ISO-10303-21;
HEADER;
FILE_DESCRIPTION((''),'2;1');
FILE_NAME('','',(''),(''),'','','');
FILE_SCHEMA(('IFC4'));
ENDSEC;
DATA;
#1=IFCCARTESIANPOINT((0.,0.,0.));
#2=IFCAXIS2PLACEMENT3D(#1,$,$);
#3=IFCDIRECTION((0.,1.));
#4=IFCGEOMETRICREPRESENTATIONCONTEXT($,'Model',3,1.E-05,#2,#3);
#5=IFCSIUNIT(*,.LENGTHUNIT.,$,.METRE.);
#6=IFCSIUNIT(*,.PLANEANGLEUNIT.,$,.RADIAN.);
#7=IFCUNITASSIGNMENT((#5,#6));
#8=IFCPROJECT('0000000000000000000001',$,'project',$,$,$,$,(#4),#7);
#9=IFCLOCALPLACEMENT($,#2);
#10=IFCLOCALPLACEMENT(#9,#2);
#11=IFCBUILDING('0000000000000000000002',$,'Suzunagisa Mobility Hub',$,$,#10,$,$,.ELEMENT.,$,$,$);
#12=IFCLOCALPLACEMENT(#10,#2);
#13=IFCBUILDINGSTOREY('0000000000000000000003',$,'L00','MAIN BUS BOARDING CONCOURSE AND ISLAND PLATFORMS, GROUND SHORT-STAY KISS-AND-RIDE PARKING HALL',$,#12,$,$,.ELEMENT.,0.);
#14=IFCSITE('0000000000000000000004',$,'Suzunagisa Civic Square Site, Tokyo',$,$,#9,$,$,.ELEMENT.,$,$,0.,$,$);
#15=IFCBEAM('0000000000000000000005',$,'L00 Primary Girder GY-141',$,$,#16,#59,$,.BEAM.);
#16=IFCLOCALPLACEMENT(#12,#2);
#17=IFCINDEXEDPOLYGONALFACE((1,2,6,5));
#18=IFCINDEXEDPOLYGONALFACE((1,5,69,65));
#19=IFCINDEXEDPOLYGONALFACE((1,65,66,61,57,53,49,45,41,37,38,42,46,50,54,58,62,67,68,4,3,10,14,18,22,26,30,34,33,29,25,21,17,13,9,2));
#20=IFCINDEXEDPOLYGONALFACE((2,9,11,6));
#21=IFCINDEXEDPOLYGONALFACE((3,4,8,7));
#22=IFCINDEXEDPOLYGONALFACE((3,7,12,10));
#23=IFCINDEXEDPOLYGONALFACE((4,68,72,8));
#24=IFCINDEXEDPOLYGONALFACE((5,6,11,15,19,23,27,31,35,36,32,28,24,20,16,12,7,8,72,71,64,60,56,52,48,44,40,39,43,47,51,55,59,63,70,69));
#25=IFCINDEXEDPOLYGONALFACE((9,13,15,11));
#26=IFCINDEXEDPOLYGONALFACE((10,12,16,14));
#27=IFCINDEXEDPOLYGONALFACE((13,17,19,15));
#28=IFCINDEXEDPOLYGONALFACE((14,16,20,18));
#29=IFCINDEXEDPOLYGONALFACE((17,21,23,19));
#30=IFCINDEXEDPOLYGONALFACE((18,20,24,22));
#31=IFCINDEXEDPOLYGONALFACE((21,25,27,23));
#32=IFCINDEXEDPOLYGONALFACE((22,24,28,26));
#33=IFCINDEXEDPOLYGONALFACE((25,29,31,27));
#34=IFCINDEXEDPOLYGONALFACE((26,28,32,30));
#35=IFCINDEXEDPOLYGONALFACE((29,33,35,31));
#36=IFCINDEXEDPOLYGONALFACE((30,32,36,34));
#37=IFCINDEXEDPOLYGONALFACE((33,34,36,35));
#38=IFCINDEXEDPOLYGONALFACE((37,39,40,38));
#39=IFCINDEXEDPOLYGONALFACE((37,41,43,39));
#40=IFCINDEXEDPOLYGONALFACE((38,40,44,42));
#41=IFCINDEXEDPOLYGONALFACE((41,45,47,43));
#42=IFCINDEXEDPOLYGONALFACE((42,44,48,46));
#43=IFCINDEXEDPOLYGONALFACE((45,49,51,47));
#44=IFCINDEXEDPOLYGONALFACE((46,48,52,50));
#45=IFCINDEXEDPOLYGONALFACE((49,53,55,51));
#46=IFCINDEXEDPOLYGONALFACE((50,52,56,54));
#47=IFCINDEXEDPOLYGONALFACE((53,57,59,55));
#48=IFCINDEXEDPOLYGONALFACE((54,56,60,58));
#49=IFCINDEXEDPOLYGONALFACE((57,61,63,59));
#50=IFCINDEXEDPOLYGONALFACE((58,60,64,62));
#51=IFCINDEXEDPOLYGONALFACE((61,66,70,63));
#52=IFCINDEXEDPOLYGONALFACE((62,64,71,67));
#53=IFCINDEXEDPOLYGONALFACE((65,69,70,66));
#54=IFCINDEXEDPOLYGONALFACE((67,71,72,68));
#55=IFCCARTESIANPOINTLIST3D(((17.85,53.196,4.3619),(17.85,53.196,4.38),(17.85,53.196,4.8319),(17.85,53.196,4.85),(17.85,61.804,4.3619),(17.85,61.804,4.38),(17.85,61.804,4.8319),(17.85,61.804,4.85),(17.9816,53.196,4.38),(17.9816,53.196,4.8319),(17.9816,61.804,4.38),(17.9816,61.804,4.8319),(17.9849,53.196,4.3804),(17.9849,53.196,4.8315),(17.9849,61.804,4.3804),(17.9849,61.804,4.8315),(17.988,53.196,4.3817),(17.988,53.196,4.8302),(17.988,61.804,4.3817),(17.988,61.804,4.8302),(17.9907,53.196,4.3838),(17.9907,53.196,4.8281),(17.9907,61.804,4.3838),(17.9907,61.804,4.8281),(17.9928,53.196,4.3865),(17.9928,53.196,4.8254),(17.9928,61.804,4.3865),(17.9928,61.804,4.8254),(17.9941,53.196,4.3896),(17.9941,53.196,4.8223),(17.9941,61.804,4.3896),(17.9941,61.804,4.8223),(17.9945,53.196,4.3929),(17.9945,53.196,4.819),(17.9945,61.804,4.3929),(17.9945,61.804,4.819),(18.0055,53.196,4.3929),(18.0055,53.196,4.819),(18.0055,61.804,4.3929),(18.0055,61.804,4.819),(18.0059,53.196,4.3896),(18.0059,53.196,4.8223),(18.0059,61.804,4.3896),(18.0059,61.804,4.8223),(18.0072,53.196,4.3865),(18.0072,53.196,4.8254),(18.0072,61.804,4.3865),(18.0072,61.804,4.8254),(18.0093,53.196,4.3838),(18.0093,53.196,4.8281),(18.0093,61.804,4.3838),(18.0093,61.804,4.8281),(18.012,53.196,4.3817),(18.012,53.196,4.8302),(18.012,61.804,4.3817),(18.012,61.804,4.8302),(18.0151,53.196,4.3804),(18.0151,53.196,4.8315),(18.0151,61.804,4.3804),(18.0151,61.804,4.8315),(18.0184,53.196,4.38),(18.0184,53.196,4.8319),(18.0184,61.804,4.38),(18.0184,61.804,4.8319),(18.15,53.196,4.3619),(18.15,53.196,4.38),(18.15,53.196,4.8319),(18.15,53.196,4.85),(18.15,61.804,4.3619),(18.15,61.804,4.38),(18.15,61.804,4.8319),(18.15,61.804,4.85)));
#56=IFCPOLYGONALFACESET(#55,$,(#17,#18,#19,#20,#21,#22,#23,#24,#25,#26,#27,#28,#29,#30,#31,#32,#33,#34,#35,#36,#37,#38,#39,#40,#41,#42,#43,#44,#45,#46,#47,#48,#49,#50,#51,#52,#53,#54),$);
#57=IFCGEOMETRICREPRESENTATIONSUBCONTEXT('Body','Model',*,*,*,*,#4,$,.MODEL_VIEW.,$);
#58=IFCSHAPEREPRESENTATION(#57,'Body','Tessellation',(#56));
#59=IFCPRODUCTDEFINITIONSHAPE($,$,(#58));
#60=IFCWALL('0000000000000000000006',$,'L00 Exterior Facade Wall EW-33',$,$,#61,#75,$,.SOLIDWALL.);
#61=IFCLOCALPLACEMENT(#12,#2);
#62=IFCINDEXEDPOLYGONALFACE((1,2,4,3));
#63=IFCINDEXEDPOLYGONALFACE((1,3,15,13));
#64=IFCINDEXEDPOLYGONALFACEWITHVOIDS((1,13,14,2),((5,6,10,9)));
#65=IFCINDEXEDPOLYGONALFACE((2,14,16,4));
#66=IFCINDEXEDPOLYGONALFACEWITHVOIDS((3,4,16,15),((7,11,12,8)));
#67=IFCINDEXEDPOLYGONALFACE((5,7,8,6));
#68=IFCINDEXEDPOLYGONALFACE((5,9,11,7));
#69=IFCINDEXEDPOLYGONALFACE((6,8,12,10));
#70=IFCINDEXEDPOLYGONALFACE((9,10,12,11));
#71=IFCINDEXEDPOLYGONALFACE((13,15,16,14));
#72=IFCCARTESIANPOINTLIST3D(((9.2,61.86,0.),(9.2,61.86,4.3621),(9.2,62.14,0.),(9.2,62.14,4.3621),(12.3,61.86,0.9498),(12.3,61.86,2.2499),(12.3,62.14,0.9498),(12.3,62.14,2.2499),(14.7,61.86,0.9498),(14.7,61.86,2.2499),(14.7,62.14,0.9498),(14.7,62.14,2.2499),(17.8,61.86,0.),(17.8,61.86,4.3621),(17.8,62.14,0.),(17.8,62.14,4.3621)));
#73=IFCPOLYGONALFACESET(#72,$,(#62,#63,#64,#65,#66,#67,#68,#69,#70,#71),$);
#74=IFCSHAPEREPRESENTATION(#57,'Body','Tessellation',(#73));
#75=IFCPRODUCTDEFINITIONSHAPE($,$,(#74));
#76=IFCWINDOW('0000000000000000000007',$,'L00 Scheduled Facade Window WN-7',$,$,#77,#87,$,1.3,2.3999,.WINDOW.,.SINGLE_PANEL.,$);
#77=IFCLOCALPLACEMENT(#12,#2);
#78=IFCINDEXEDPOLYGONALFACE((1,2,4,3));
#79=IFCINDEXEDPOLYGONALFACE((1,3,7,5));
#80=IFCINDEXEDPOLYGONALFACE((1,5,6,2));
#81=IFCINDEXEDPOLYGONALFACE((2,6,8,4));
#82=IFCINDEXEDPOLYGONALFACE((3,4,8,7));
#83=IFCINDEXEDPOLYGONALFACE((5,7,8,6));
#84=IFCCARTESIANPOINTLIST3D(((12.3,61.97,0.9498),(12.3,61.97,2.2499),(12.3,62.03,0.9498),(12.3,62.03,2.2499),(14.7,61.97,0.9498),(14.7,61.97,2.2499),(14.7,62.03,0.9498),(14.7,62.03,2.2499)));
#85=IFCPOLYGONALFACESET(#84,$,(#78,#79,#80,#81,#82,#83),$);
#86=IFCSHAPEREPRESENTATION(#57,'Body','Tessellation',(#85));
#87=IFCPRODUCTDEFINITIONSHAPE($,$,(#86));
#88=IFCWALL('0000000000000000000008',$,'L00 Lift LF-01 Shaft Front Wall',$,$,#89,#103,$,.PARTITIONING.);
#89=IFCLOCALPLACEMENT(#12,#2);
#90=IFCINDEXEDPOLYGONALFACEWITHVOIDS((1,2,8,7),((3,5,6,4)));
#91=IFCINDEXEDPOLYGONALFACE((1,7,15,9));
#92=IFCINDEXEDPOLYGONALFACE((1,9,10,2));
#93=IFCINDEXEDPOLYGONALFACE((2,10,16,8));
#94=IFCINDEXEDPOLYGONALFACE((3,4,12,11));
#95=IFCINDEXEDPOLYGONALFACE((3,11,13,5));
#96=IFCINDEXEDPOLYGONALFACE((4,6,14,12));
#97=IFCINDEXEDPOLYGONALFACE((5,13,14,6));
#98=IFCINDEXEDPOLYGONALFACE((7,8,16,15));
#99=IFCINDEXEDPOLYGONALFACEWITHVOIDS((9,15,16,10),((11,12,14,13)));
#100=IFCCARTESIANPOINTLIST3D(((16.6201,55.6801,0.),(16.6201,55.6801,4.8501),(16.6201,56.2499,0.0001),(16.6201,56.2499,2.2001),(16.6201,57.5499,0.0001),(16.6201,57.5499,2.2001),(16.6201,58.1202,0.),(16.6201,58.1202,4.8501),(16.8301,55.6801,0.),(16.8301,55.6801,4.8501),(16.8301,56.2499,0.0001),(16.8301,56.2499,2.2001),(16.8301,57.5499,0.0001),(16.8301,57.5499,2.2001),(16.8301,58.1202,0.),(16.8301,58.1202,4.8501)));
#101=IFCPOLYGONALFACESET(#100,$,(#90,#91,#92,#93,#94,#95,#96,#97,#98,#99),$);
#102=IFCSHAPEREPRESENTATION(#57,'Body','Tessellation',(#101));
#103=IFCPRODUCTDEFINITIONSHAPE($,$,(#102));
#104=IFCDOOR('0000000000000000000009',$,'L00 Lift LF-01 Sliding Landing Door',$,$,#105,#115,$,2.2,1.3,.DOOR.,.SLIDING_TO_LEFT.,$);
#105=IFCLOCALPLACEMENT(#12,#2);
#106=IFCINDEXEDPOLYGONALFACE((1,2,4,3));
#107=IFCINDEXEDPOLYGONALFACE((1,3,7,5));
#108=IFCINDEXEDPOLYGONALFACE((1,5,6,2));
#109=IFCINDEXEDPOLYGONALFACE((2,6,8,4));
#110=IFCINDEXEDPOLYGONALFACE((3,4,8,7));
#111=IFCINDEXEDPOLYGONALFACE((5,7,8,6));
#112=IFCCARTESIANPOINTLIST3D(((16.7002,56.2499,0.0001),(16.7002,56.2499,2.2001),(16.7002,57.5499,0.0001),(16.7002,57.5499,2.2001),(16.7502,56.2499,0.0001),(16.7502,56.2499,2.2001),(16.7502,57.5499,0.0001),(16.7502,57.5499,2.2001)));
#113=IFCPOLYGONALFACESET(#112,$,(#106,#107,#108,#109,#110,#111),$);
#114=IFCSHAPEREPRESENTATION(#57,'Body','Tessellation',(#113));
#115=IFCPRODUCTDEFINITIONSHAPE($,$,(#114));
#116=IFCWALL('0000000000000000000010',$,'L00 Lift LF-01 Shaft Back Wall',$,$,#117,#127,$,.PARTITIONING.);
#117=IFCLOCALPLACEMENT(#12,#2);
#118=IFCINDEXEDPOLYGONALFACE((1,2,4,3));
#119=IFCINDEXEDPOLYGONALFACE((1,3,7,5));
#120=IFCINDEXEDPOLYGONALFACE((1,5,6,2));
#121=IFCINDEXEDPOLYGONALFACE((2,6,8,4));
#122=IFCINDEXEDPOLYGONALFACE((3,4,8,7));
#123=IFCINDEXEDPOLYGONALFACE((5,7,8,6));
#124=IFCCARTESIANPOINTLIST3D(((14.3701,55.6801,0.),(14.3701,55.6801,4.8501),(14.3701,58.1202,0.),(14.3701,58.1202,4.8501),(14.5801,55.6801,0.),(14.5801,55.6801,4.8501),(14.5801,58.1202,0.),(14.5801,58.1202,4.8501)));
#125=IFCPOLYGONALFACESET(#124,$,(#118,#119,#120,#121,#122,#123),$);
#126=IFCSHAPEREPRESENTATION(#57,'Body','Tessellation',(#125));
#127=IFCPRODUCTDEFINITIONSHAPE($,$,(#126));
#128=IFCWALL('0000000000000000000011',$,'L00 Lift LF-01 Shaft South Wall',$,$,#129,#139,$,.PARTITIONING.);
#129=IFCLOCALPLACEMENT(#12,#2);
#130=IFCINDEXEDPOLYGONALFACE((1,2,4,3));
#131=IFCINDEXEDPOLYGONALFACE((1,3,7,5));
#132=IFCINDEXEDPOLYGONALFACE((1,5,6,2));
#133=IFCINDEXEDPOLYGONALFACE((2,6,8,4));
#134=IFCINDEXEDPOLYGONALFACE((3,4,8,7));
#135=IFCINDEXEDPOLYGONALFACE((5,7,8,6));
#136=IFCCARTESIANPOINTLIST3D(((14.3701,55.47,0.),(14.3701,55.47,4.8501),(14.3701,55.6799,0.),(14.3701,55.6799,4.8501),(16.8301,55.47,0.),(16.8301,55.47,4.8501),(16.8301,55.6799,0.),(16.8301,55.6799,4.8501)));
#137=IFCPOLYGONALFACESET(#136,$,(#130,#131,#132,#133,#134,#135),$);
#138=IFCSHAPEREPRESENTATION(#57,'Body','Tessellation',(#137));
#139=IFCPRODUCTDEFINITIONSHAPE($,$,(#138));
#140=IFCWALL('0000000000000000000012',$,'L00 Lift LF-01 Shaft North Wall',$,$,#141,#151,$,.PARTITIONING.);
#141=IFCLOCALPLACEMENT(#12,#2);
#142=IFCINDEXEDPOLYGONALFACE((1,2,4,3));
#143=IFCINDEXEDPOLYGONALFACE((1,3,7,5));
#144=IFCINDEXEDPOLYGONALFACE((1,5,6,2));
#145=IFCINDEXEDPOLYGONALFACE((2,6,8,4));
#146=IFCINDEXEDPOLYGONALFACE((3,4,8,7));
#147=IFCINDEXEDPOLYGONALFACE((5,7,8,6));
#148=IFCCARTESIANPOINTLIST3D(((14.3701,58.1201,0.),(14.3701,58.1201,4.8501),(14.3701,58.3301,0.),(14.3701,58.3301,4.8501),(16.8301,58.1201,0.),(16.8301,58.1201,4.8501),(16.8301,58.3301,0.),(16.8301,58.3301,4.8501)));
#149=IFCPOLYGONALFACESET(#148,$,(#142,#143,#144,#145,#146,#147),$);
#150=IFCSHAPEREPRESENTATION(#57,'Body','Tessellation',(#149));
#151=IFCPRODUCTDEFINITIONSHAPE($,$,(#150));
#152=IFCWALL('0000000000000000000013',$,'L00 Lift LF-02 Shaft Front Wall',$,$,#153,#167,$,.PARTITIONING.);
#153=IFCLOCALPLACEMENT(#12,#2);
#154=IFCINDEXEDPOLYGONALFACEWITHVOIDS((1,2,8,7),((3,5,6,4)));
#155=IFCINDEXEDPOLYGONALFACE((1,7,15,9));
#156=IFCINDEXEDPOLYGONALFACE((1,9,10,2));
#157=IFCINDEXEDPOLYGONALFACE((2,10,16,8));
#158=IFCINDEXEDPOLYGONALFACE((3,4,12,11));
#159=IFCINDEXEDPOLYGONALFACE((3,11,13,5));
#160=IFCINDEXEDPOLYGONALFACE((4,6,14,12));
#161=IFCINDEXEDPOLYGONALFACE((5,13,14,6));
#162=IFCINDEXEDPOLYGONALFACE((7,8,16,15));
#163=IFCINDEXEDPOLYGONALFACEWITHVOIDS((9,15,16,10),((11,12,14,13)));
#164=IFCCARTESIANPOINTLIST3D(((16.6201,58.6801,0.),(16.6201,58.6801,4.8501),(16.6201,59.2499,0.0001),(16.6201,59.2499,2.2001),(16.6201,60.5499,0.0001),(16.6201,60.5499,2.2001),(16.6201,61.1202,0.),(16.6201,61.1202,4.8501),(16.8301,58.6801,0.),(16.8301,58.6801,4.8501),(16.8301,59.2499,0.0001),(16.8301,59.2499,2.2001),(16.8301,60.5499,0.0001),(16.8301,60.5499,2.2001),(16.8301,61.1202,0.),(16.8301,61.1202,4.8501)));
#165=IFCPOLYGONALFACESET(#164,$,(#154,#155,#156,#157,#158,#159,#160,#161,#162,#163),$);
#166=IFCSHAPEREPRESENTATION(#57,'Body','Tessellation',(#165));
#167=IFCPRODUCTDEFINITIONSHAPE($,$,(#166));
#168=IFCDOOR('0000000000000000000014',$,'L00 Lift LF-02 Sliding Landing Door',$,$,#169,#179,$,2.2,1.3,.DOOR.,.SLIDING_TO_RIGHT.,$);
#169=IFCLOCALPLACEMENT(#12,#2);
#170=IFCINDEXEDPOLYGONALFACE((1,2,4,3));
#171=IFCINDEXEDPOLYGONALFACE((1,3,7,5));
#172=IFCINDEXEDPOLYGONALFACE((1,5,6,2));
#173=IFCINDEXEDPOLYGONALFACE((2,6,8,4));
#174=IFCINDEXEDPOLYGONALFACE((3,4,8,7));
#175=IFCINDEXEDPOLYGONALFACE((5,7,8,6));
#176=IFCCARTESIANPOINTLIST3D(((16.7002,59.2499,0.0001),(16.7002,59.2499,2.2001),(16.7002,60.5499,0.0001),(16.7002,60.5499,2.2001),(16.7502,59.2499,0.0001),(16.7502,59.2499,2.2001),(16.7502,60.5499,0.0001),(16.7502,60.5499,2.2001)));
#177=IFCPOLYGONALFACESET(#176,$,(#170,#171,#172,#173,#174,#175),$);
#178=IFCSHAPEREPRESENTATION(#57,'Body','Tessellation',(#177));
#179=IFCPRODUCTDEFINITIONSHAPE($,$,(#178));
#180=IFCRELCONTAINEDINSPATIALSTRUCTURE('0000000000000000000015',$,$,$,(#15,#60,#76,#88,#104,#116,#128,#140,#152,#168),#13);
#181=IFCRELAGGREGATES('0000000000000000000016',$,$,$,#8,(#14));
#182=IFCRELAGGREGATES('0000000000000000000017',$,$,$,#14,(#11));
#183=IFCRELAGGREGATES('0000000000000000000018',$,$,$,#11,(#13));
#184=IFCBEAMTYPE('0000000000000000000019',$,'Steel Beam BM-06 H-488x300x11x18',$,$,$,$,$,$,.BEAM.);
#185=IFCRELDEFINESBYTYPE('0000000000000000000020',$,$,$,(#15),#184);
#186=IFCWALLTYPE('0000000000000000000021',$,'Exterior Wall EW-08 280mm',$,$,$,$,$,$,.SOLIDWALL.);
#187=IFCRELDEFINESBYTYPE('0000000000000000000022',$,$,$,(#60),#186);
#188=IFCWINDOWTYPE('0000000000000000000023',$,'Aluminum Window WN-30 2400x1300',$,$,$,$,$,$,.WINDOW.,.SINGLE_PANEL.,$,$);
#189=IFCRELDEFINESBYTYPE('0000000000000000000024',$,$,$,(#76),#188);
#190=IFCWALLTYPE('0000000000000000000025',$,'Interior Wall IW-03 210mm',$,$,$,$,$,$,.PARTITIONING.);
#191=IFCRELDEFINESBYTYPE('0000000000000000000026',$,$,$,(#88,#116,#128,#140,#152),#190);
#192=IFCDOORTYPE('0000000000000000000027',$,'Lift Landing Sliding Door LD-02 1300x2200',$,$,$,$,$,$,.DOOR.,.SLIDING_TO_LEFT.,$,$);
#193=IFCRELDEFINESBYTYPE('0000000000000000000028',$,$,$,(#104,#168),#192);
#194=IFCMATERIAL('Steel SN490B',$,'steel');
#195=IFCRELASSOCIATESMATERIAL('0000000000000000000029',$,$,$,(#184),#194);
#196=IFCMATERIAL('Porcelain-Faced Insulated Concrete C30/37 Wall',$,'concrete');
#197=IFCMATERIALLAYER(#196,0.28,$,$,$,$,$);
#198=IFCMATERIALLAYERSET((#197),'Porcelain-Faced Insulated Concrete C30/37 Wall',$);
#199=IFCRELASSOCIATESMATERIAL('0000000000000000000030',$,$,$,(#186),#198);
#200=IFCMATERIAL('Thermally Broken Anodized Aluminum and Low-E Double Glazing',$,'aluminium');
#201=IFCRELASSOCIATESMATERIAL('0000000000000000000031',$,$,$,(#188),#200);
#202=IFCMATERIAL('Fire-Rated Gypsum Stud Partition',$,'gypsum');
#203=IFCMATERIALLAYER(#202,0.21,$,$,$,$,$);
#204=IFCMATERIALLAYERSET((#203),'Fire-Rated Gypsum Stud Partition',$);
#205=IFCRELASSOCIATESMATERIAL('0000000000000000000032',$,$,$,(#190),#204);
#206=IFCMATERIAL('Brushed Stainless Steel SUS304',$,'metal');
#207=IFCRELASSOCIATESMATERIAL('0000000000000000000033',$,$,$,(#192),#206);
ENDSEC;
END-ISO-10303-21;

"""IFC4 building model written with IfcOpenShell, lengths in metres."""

from ifc_helpers import new_model, si_unit, direction, frame, frame_2d, origin, origin_2d, place, context, subcontext, project, spatial, rectangle, i_section, extrude, material, layer, layer_set, material_profile, profile_set, type_object, element, fill, save


model = new_model("IFC4")

# Units and contexts
model_context = context("Model", 3, precision=1e-05, world=origin(), true_north=direction((0.0, 1.0)))
body_context = subcontext(model_context, "Body", "Model", "MODEL_VIEW")
ifc_project = project(units=[si_unit("LENGTHUNIT", "METRE"), si_unit("PLANEANGLEUNIT", "RADIAN")], contexts=[model_context])

# Site, building, storey
site_placement = place(None, origin())
site = spatial("IfcSite", under=ifc_project, at=site_placement, Name="Suzunagisa Civic Square Site, Tokyo", CompositionType="ELEMENT", RefElevation=0.0)
building_placement = place(site_placement, origin())
building = spatial("IfcBuilding", under=site, at=building_placement, Name="Suzunagisa Mobility Hub", CompositionType="ELEMENT")
storey_placement = place(building_placement, origin())
storey = spatial("IfcBuildingStorey", under=building, at=storey_placement, Name="L00", Description="MAIN BUS BOARDING CONCOURSE AND ISLAND PLATFORMS, GROUND SHORT-STAY KISS-AND-RIDE PARKING HALL", CompositionType="ELEMENT", Elevation=0.0)

# Beam
ifc_material_1 = material(Name="Steel SN490B", Category="steel")
ifc_material_profile = material_profile(ifc_material_1, i_section(OverallWidth=0.3, OverallDepth=0.488, WebThickness=0.011, FlangeThickness=0.0181, FilletRadius=0.0129, at=origin_2d()), Name="H-488x300x11x18")
ifc_profile_set = profile_set([ifc_material_profile], Name="Steel SN490B")
beam_type = type_object("IfcBeamType", Name="Steel Beam BM-06 H-488x300x11x18", PredefinedType="BEAM", material=ifc_profile_set)
beam_placement = place(storey_placement, frame((18.0, 53.196, 4.606), z_axis=(0.0, 1.0, 0.0), x_axis=(-1.0, 0.0, 0.0)))
element("IfcBeam", 1, at=beam_placement, inside=storey, type_object=beam_type, Name="L00 Primary Girder GY-141", PredefinedType="BEAM", context=body_context, shape_type="SweptSolid", body=[
    extrude(i_section(OverallWidth=0.3, OverallDepth=0.488, WebThickness=0.011, FlangeThickness=0.0181, FilletRadius=0.0129, at=origin_2d()), origin(), (0.0, 0.0, 1.0), 8.6079),
])

# Wall, opening, window
ifc_material_2 = material(Name="Porcelain-Faced Insulated Concrete C30/37 Wall", Category="concrete")
ifc_layer_1 = layer(ifc_material_2, 0.28)
ifc_layer_set_1 = layer_set([ifc_layer_1], Name="Porcelain-Faced Insulated Concrete C30/37 Wall")
wall_type_1 = type_object("IfcWallType", Name="Exterior Wall EW-08 280mm", PredefinedType="SOLIDWALL", material=ifc_layer_set_1)
wall_1_placement = place(storey_placement, frame((17.8, 62.0, 0.0), z_axis=(0.0, 0.0, 1.0), x_axis=(-1.0, 0.0, 0.0)))
wall_1 = element("IfcWall", 2, at=wall_1_placement, inside=storey, type_object=wall_type_1, Name="L00 Exterior Facade Wall EW-33", PredefinedType="SOLIDWALL", context=body_context, shape_type="SweptSolid", body=[
    extrude(rectangle(XDim=8.6001, YDim=0.28, at=frame_2d((4.3, 0.0))), origin(), (0.0, 0.0, 1.0), 4.3621),
])
opening_1_placement = place(wall_1_placement, frame((3.1001, 0.0, 0.95)))
opening_1 = element("IfcOpeningElement", 3, at=opening_1_placement, cuts=wall_1, PredefinedType="OPENING", context=body_context, shape_type="SweptSolid", body=[
    extrude(rectangle(XDim=2.3999, YDim=1.3, at=frame_2d((1.2, 0.6499))), frame((0.0, 0.1509, 0.0), z_axis=(0.0, -1.0, 0.0), x_axis=(1.0, 0.0, 0.0)), (0.0, 0.0, 1.0), 0.302),
])
ifc_material_3 = material(Name="Thermally Broken Anodized Aluminum and Low-E Double Glazing", Category="aluminium")
window_type = type_object("IfcWindowType", Name="Aluminum Window WN-30 2400x1300", PartitioningType="SINGLE_PANEL", PredefinedType="WINDOW", material=ifc_material_3)
window_placement = place(opening_1_placement, origin())
window = element("IfcWindow", 4, at=window_placement, inside=storey, type_object=window_type, Name="L00 Scheduled Facade Window WN-7", OverallHeight=1.3, OverallWidth=2.3999, PartitioningType="SINGLE_PANEL", PredefinedType="WINDOW", context=body_context, shape_type="SweptSolid", body=[
    extrude(rectangle(XDim=2.3999, YDim=1.3, at=frame_2d((1.2, 0.6499))), frame((0.0, 0.03, 0.0), z_axis=(0.0, -1.0, 0.0), x_axis=(1.0, 0.0, 0.0)), (0.0, 0.0, 1.0), 0.0601),
])
fill(opening_1, window)

# Wall, opening, door
ifc_material_4 = material(Name="Fire-Rated Gypsum Stud Partition", Category="gypsum")
ifc_layer_2 = layer(ifc_material_4, 0.21)
ifc_layer_set_2 = layer_set([ifc_layer_2], Name="Fire-Rated Gypsum Stud Partition")
wall_type_2 = type_object("IfcWallType", Name="Interior Wall IW-03 210mm", PredefinedType="PARTITIONING", material=ifc_layer_set_2)
wall_2_placement = place(storey_placement, frame((16.7251, 55.6799, 0.0), z_axis=(0.0, 0.0, 1.0), x_axis=(0.0, 1.0, 0.0)))
wall_2 = element("IfcWall", 5, at=wall_2_placement, inside=storey, type_object=wall_type_2, Name="L00 Lift LF-01 Shaft Front Wall", PredefinedType="PARTITIONING", context=body_context, shape_type="SweptSolid", body=[
    extrude(rectangle(XDim=2.4402, YDim=0.21, at=frame_2d((1.2202, 0.0))), origin(), (0.0, 0.0, 1.0), 4.8501),
])
opening_2_placement = place(wall_2_placement, frame((0.5701, 0.0, 0.0)))
opening_2 = element("IfcOpeningElement", 6, at=opening_2_placement, cuts=wall_2, PredefinedType="OPENING", context=body_context, shape_type="SweptSolid", body=[
    extrude(rectangle(XDim=1.3, YDim=2.2, at=frame_2d((0.6499, 1.1001))), frame((0.0, 0.116, 0.0), z_axis=(0.0, -1.0, 0.0), x_axis=(1.0, 0.0, 0.0)), (0.0, 0.0, 1.0), 0.2319),
])
ifc_material_5 = material(Name="Brushed Stainless Steel SUS304", Category="metal")
door_type_1 = type_object("IfcDoorType", Name="Lift Landing Sliding Door LD-02 1300x2200", OperationType="SLIDING_TO_LEFT", PredefinedType="DOOR", material=ifc_material_5)
door_1_placement = place(opening_2_placement, origin())
door_1 = element("IfcDoor", 7, at=door_1_placement, inside=storey, type_object=door_type_1, Name="L00 Lift LF-01 Sliding Landing Door", OperationType="SLIDING_TO_LEFT", OverallHeight=2.2, OverallWidth=1.3, PredefinedType="DOOR", context=body_context, shape_type="SweptSolid", body=[
    extrude(rectangle(XDim=1.3, YDim=2.2, at=frame_2d((0.6499, 1.1001))), frame((0.0, 0.0249, 0.0), z_axis=(0.0, -1.0, 0.0), x_axis=(1.0, 0.0, 0.0)), (0.0, 0.0, 1.0), 0.05),
])
fill(opening_2, door_1)

# Walls
wall_3_placement = place(storey_placement, frame((14.4751, 55.6799, 0.0), z_axis=(0.0, 0.0, 1.0), x_axis=(0.0, 1.0, 0.0)))
element("IfcWall", 8, at=wall_3_placement, inside=storey, type_object=wall_type_2, Name="L00 Lift LF-01 Shaft Back Wall", PredefinedType="PARTITIONING", context=body_context, shape_type="SweptSolid", body=[
    extrude(rectangle(XDim=2.4402, YDim=0.21, at=frame_2d((1.2202, 0.0))), origin(), (0.0, 0.0, 1.0), 4.8501),
])
for number, where, z_axis, x_axis, name in (
    (9, (14.3701, 55.575, 0.0), (0.0, 0.0, 1.0), (1.0, 0.0, 0.0), "L00 Lift LF-01 Shaft South Wall"),
    (10, (14.3701, 58.2251, 0.0), (0.0, 0.0, 1.0), (1.0, 0.0, 0.0), "L00 Lift LF-01 Shaft North Wall"),
):
    element("IfcWall", number, at=place(storey_placement, frame(where, z_axis=z_axis, x_axis=x_axis)), inside=storey, type_object=wall_type_2, Name=name, PredefinedType="PARTITIONING", context=body_context, shape_type="SweptSolid", body=[
        extrude(rectangle(XDim=2.46, YDim=0.21, at=frame_2d((1.23, 0.0))), origin(), (0.0, 0.0, 1.0), 4.8501),
    ])

# Wall, opening, door
wall_4_placement = place(storey_placement, frame((16.7251, 58.6799, 0.0), z_axis=(0.0, 0.0, 1.0), x_axis=(0.0, 1.0, 0.0)))
wall_4 = element("IfcWall", 11, at=wall_4_placement, inside=storey, type_object=wall_type_2, Name="L00 Lift LF-02 Shaft Front Wall", PredefinedType="PARTITIONING", context=body_context, shape_type="SweptSolid", body=[
    extrude(rectangle(XDim=2.4402, YDim=0.21, at=frame_2d((1.2202, 0.0))), origin(), (0.0, 0.0, 1.0), 4.8501),
])
opening_3_placement = place(wall_4_placement, frame((0.5701, 0.0, 0.0)))
opening_3 = element("IfcOpeningElement", 12, at=opening_3_placement, cuts=wall_4, PredefinedType="OPENING", context=body_context, shape_type="SweptSolid", body=[
    extrude(rectangle(XDim=1.3, YDim=2.2, at=frame_2d((0.6499, 1.1001))), frame((0.0, 0.116, 0.0), z_axis=(0.0, -1.0, 0.0), x_axis=(1.0, 0.0, 0.0)), (0.0, 0.0, 1.0), 0.2319),
])
door_2_placement = place(opening_3_placement, origin())
door_2 = element("IfcDoor", 13, at=door_2_placement, inside=storey, type_object=door_type_1, Name="L00 Lift LF-02 Sliding Landing Door", OperationType="SLIDING_TO_RIGHT", OverallHeight=2.2, OverallWidth=1.3, PredefinedType="DOOR", context=body_context, shape_type="SweptSolid", body=[
    extrude(rectangle(XDim=1.3, YDim=2.2, at=frame_2d((0.6499, 1.1001))), frame((0.0, 0.0249, 0.0), z_axis=(0.0, -1.0, 0.0), x_axis=(1.0, 0.0, 0.0)), (0.0, 0.0, 1.0), 0.05),
])
fill(opening_3, door_2)

save(model, "model.ifc")
